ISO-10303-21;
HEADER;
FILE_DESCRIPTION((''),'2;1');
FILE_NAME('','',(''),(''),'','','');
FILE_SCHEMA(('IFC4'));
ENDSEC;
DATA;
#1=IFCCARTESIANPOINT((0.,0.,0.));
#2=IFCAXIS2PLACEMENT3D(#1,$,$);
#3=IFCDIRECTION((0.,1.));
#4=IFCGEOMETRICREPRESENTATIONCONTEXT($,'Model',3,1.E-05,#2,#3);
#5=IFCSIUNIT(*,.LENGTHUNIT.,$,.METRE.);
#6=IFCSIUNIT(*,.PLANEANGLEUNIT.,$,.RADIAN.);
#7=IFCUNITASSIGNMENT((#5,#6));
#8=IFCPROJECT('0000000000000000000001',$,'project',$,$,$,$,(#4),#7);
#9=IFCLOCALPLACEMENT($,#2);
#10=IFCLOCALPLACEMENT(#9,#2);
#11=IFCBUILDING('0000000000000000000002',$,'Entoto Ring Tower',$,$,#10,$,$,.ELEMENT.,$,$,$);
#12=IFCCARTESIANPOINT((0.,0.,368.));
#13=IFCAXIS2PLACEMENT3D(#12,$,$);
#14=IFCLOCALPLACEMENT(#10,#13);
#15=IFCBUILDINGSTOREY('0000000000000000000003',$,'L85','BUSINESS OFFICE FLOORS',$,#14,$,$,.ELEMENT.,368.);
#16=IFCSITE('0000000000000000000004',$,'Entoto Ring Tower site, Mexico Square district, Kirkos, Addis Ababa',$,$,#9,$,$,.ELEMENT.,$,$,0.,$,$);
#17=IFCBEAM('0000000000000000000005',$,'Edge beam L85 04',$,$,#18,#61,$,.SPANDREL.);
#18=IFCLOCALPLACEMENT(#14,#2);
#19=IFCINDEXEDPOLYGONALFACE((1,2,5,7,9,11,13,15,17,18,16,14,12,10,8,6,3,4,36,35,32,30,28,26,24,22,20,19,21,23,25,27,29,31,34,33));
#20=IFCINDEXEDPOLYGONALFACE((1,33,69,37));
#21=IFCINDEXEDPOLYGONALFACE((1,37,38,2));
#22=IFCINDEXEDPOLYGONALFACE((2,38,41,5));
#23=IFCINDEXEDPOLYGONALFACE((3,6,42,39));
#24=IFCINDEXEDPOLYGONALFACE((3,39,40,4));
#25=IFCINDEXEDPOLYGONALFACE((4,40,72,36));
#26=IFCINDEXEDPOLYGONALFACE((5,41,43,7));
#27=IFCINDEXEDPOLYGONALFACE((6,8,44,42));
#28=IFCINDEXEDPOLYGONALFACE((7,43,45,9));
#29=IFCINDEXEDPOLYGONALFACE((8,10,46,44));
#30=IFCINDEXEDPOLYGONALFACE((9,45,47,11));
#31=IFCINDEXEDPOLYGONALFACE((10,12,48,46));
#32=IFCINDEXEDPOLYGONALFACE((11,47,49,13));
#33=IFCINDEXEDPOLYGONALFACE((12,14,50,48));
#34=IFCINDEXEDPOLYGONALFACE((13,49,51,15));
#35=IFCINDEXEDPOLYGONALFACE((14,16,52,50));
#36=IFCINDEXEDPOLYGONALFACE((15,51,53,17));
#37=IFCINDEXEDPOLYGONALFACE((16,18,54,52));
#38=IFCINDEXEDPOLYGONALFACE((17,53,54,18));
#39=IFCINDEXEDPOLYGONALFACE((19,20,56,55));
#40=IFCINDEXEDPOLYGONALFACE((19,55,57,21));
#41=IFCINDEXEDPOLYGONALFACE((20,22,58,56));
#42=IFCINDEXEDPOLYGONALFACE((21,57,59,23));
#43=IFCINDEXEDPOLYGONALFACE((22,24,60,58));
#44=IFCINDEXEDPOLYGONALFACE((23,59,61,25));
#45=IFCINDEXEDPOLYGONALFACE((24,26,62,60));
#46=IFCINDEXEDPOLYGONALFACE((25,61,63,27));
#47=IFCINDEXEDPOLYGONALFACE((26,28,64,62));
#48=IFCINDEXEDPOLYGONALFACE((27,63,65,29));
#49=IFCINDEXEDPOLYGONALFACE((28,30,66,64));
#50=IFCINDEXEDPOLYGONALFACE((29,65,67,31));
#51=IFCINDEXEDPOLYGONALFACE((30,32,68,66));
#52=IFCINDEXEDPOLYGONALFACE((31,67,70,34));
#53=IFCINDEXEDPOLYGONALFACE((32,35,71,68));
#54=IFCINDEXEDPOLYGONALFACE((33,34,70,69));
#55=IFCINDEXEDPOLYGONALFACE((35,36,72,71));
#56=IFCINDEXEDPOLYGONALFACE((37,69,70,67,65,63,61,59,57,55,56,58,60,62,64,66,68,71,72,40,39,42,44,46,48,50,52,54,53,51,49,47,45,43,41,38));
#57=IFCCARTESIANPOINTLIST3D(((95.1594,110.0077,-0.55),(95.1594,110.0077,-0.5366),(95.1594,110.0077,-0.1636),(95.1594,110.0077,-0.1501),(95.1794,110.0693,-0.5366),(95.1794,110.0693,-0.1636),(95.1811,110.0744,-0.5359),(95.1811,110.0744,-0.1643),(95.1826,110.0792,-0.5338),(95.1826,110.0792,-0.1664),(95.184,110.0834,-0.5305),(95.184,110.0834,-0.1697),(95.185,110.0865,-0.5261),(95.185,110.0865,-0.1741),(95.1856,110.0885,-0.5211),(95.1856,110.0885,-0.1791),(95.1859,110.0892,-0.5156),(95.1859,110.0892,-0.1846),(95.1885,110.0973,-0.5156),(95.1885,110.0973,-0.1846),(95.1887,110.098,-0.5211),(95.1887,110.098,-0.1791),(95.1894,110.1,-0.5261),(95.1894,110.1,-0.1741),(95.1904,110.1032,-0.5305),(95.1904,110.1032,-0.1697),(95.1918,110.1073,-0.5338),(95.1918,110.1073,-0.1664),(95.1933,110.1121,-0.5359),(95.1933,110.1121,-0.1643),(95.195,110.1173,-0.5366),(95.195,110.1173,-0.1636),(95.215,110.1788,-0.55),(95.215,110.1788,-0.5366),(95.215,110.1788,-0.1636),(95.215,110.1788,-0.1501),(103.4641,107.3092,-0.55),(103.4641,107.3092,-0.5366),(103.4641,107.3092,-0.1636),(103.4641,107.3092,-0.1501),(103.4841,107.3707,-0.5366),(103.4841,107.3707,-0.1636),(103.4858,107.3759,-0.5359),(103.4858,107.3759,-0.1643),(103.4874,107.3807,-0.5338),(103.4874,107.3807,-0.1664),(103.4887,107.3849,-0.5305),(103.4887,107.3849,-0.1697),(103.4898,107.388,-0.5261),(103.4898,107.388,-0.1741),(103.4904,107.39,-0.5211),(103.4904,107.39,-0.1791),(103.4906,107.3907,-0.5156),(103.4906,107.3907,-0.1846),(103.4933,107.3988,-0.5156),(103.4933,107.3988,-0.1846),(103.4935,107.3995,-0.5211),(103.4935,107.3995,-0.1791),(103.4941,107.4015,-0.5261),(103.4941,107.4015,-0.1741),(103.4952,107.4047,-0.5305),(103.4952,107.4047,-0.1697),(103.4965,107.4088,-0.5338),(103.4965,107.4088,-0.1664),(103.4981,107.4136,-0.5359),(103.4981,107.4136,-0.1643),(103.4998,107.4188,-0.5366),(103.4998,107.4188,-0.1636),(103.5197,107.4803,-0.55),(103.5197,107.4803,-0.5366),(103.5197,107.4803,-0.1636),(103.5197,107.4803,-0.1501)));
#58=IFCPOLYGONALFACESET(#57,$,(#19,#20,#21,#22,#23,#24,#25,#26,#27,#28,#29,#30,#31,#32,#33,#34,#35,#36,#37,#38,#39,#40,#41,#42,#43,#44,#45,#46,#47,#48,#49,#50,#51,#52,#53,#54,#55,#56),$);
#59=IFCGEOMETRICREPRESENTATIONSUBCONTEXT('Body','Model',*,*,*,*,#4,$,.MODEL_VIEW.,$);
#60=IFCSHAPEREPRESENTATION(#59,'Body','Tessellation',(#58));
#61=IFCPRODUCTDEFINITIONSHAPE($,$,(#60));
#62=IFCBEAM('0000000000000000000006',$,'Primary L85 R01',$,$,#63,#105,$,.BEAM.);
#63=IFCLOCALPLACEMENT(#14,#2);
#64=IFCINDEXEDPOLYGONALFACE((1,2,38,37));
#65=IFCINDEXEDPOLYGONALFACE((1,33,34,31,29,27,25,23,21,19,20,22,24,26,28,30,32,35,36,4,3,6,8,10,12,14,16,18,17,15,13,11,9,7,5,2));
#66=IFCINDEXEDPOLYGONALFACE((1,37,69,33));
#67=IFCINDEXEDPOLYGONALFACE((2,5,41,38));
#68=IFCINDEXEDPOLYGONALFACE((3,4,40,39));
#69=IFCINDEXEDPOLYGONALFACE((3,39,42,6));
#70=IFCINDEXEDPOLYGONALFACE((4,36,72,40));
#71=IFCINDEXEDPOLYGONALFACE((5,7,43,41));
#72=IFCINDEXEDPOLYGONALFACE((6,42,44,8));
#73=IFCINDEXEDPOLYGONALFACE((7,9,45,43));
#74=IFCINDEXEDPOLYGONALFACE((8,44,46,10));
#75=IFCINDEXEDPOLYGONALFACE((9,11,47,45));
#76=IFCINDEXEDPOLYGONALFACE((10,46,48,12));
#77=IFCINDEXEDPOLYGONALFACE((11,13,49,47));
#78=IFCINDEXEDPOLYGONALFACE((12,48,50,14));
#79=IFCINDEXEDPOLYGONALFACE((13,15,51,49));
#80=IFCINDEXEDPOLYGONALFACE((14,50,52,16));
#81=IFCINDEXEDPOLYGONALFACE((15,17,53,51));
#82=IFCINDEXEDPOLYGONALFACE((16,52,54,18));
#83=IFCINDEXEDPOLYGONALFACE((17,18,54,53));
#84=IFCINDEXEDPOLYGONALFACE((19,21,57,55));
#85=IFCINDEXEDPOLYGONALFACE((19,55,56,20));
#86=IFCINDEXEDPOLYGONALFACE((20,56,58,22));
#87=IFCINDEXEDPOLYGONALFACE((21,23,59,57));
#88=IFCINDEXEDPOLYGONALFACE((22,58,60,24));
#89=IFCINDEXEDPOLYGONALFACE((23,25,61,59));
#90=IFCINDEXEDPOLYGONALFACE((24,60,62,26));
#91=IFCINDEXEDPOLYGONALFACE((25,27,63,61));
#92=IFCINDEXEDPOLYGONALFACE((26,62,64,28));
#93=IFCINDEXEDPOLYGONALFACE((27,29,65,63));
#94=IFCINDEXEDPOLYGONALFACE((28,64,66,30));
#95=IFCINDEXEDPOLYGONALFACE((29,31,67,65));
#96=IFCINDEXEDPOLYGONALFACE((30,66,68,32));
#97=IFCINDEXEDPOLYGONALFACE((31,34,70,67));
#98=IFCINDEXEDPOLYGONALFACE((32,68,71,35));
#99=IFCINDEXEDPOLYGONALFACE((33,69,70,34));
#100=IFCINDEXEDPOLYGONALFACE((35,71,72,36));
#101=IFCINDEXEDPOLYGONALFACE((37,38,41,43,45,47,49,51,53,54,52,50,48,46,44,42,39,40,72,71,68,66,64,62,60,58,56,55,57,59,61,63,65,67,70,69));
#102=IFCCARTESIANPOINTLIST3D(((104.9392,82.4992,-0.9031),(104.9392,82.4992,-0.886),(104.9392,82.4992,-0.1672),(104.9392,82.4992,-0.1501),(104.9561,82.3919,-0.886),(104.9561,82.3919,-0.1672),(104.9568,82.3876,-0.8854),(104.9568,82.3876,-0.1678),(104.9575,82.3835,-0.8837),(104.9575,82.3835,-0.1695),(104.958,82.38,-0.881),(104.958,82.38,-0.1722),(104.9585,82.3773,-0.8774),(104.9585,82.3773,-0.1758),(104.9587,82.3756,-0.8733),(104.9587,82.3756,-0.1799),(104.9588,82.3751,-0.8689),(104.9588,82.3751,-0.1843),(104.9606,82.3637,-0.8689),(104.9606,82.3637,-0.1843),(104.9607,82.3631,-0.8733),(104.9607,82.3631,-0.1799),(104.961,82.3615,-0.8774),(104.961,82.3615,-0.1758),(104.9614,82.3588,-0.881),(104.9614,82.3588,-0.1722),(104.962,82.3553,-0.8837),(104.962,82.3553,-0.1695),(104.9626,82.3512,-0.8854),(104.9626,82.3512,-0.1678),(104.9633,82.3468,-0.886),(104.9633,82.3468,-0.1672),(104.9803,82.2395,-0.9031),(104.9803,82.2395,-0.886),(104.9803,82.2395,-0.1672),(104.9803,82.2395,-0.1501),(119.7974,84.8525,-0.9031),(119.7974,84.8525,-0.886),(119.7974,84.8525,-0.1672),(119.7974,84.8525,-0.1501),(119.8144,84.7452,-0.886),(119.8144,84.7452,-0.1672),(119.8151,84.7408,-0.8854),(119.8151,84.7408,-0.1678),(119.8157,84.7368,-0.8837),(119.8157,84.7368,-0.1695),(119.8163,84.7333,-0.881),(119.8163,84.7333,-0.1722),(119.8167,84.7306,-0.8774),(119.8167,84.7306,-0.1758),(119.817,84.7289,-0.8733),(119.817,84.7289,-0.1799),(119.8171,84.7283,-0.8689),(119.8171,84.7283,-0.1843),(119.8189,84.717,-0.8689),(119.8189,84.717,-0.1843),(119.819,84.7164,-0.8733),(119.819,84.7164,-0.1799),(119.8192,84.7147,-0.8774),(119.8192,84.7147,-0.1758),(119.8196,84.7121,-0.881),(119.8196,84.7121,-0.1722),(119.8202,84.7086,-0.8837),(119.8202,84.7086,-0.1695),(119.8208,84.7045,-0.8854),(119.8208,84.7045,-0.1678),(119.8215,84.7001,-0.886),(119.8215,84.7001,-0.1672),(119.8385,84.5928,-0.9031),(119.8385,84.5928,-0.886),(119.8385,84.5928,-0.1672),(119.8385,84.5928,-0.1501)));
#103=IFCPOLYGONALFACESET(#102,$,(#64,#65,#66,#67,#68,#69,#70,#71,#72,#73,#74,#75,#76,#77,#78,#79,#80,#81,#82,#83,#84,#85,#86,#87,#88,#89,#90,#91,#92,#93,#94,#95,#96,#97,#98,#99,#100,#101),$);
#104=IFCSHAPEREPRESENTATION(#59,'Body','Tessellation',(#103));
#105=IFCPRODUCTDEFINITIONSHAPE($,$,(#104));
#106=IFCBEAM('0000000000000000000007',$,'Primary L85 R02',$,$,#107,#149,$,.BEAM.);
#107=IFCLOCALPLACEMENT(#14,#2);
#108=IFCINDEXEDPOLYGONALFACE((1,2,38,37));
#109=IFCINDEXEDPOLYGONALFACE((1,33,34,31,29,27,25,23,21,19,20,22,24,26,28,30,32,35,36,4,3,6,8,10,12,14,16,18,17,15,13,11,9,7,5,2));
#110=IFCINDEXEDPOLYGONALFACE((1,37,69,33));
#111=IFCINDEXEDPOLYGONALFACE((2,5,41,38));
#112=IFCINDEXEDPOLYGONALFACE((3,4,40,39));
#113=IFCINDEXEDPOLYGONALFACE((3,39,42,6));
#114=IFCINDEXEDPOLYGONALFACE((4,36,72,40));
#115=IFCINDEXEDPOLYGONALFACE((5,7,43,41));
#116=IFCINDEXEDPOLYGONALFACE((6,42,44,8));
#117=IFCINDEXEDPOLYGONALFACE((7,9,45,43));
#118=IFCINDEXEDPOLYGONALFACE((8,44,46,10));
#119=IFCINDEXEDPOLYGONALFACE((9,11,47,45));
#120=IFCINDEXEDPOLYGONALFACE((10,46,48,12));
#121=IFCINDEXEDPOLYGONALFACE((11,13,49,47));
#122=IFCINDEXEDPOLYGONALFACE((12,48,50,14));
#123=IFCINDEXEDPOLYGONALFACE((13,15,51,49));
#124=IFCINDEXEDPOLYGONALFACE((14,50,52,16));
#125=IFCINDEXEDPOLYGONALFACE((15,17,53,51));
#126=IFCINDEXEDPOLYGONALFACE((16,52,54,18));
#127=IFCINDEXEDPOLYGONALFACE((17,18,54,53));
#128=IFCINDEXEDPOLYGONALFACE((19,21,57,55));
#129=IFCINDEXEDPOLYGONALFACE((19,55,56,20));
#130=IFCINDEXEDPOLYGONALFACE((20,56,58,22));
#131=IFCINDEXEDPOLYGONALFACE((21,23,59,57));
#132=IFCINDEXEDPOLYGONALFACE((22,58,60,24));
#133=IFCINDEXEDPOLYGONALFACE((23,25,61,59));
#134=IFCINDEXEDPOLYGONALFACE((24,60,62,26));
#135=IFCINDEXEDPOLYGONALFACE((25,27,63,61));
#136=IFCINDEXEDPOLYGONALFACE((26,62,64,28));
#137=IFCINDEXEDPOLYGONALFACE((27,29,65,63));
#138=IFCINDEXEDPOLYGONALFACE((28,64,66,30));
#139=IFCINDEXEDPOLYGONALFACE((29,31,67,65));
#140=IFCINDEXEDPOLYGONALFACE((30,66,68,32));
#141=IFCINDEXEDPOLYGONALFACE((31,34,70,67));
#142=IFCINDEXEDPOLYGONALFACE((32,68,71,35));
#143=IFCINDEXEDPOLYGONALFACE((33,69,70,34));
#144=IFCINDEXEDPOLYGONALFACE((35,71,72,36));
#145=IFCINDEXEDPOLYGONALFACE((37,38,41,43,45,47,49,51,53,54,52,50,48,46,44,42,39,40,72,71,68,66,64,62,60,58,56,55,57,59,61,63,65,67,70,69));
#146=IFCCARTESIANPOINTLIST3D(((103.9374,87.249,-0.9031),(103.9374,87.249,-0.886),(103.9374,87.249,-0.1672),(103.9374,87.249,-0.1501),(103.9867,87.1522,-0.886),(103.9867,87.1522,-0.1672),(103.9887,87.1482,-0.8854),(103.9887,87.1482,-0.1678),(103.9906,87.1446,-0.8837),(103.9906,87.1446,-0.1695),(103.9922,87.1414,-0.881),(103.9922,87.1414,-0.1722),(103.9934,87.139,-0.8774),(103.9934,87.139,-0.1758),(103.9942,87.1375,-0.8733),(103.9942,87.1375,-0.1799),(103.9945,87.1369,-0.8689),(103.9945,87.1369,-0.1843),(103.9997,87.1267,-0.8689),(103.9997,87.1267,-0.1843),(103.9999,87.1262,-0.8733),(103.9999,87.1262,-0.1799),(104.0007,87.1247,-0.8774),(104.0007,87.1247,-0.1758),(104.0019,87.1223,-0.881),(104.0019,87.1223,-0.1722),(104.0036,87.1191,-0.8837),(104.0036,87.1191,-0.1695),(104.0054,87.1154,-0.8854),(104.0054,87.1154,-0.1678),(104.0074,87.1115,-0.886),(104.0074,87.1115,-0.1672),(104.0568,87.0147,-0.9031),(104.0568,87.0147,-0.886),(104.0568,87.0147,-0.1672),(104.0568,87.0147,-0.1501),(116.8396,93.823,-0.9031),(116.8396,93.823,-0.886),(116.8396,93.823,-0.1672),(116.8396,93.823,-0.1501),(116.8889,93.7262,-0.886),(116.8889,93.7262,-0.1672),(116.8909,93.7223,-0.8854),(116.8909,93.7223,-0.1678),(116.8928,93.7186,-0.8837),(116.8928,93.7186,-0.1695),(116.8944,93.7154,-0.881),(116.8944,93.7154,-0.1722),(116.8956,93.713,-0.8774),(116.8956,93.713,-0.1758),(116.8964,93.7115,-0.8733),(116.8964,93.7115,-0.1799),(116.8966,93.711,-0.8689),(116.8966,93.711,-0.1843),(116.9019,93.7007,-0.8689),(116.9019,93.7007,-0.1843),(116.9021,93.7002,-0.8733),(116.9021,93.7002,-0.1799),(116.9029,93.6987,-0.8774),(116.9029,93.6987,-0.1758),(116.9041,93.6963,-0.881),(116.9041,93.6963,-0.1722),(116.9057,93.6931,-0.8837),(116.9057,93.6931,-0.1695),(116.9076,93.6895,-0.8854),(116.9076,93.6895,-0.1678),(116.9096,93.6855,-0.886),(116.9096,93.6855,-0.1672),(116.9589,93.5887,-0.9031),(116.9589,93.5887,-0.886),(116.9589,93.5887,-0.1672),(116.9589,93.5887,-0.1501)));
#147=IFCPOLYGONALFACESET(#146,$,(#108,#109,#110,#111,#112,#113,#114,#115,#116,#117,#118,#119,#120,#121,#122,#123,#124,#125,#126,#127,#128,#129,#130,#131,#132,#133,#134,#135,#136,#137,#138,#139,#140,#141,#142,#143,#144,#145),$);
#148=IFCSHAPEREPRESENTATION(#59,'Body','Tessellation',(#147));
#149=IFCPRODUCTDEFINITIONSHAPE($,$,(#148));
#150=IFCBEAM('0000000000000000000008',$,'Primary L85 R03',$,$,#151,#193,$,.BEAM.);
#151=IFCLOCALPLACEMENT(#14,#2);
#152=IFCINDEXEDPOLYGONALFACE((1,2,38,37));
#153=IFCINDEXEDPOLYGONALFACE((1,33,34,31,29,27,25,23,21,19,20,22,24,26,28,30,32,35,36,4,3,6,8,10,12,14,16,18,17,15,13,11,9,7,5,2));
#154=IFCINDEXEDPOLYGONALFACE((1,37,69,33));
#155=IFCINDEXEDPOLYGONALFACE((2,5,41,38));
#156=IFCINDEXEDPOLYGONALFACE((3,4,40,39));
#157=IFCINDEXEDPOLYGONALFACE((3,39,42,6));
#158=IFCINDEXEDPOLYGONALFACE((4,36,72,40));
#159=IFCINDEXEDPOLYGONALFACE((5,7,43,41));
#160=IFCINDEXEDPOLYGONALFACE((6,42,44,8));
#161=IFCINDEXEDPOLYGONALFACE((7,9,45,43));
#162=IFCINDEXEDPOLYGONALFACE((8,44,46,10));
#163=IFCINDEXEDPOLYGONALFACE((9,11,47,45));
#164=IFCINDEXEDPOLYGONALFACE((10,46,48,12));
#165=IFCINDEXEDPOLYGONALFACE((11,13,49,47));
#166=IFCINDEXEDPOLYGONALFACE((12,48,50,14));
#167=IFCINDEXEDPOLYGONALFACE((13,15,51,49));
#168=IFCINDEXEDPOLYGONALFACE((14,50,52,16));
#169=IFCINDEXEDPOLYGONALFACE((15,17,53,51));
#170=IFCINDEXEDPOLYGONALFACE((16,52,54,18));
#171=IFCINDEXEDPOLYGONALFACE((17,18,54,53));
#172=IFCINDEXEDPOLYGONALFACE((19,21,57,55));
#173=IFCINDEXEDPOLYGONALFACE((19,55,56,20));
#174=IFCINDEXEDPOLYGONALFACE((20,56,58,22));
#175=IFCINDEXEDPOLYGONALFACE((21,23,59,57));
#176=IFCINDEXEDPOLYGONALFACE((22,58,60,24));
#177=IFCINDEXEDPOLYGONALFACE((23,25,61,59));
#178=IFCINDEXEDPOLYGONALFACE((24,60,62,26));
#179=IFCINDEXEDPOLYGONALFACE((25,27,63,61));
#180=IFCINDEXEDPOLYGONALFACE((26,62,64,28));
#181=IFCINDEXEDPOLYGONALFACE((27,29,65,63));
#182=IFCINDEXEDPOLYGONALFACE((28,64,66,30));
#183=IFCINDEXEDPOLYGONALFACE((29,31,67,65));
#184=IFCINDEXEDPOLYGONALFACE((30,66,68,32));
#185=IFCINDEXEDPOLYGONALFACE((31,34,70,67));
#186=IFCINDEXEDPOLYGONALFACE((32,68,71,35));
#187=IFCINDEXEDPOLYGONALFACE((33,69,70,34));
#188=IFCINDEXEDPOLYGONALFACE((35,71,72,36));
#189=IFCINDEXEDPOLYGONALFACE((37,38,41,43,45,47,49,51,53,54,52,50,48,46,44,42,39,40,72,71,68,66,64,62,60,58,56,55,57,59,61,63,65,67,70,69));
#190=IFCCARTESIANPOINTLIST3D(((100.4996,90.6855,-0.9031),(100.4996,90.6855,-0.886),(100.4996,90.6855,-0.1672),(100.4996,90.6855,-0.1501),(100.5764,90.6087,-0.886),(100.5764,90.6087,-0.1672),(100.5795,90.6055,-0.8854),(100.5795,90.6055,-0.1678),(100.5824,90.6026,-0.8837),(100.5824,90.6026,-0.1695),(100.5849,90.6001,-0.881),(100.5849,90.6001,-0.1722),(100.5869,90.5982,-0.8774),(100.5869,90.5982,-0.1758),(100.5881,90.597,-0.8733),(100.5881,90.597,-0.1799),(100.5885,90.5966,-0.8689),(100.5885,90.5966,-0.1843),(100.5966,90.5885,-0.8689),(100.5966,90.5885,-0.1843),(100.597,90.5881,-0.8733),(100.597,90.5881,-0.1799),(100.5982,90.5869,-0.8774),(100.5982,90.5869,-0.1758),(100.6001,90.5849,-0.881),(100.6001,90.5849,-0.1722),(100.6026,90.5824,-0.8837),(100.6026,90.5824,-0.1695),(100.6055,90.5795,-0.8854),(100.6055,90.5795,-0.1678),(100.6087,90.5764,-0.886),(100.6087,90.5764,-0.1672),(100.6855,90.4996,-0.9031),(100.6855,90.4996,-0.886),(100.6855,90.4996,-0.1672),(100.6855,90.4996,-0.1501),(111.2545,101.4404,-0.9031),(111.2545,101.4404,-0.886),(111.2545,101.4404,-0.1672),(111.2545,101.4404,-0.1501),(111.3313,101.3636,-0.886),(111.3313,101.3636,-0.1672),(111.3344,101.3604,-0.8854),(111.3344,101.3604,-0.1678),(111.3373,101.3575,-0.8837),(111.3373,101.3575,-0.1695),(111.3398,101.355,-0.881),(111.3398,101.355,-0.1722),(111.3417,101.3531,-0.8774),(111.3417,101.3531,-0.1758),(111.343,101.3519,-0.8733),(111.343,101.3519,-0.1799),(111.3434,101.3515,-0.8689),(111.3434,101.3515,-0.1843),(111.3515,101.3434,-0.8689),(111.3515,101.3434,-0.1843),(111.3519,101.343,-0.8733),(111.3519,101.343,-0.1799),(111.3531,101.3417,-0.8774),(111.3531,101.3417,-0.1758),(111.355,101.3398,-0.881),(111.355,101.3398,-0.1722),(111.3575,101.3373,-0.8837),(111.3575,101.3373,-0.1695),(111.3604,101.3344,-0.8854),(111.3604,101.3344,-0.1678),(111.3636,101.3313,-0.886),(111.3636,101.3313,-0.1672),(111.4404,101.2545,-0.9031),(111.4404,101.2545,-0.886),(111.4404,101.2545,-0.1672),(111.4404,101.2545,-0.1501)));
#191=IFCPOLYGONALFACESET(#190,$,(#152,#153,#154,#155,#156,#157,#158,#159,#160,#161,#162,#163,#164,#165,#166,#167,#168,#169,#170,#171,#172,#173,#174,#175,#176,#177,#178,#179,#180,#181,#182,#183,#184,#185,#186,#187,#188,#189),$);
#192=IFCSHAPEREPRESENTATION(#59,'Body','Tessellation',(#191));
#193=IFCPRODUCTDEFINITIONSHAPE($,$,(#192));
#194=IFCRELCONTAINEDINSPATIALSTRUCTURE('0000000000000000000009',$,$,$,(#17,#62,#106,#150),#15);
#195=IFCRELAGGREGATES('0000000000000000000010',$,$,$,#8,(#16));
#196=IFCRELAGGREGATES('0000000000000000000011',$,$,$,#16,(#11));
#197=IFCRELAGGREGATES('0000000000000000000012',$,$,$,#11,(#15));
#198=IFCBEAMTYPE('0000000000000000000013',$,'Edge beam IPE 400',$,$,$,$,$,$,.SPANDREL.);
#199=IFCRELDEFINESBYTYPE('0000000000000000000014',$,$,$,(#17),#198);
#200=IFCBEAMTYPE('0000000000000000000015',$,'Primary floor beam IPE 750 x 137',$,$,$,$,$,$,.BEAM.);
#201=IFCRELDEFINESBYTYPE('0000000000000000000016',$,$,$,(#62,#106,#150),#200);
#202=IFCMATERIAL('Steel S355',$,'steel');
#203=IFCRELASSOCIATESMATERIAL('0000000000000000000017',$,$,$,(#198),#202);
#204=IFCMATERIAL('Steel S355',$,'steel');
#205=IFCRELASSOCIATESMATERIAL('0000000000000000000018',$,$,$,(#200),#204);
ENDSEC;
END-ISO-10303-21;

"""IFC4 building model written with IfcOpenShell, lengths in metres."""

from ifc_helpers import new_model, si_unit, direction, frame, origin, origin_2d, place, context, subcontext, project, spatial, i_section, extrude, material, material_profile, profile_set, type_object, element, save


model = new_model("IFC4")

# Units and contexts
model_context = context("Model", 3, precision=1e-05, world=origin(), true_north=direction((0.0, 1.0)))
body_context = subcontext(model_context, "Body", "Model", "MODEL_VIEW")
ifc_project = project(units=[si_unit("LENGTHUNIT", "METRE"), si_unit("PLANEANGLEUNIT", "RADIAN")], contexts=[model_context])

# Site, building, storey
site_placement = place(None, origin())
site = spatial("IfcSite", under=ifc_project, at=site_placement, Name="Entoto Ring Tower site, Mexico Square district, Kirkos, Addis Ababa", CompositionType="ELEMENT", RefElevation=0.0)
building_placement = place(site_placement, origin())
building = spatial("IfcBuilding", under=site, at=building_placement, Name="Entoto Ring Tower", CompositionType="ELEMENT")
storey_placement = place(building_placement, frame((0.0, 0.0, 368.0)))
storey = spatial("IfcBuildingStorey", under=building, at=storey_placement, Name="L85", Description="BUSINESS OFFICE FLOORS", CompositionType="ELEMENT", Elevation=368.0)

# Beams
ifc_material_1 = material(Name="Steel S355", Category="steel")
ifc_material_profile_1 = material_profile(ifc_material_1, i_section(OverallWidth=0.1799, OverallDepth=0.3999, WebThickness=0.0085, FlangeThickness=0.0134, FilletRadius=0.021, at=origin_2d()), Name="IPE 400")
ifc_profile_set_1 = profile_set([ifc_material_profile_1], Name="Steel S355")
beam_type_1 = type_object("IfcBeamType", Name="Edge beam IPE 400", PredefinedType="SPANDREL", material=ifc_profile_set_1)
beam_1_placement = place(storey_placement, frame((103.4919, 107.3948, -0.3501), z_axis=(-0.951052, 0.30903, 0.0), x_axis=(-0.30903, -0.951052, 0.0)))
element("IfcBeam", 1, at=beam_1_placement, inside=storey, type_object=beam_type_1, Name="Edge beam L85 04", PredefinedType="SPANDREL", context=body_context, shape_type="SweptSolid", body=[
    extrude(i_section(OverallWidth=0.1799, OverallDepth=0.3999, WebThickness=0.0085, FlangeThickness=0.0134, FilletRadius=0.021, at=origin_2d()), origin(), (0.0, 0.0, 1.0), 8.7322),
])
ifc_material_2 = material(Name="Steel S355", Category="steel")
ifc_material_profile_2 = material_profile(ifc_material_2, i_section(OverallWidth=0.2629, OverallDepth=0.7529, WebThickness=0.0115, FlangeThickness=0.0171, FilletRadius=0.0171, at=origin_2d()), Name="IPE 750 x 137")
ifc_profile_set_2 = profile_set([ifc_material_profile_2], Name="Steel S355")
beam_type_2 = type_object("IfcBeamType", Name="Primary floor beam IPE 750 x 137", PredefinedType="BEAM", material=ifc_profile_set_2)
beam_2_placement = place(storey_placement, frame((104.9597, 82.3694, -0.5266), z_axis=(0.987689, 0.156433, 0.0), x_axis=(-0.156433, 0.987689, 0.0)))
element("IfcBeam", 2, at=beam_2_placement, inside=storey, type_object=beam_type_2, Name="Primary L85 R01", PredefinedType="BEAM", context=body_context, shape_type="SweptSolid", body=[
    extrude(i_section(OverallWidth=0.2629, OverallDepth=0.7529, WebThickness=0.0115, FlangeThickness=0.0171, FilletRadius=0.0171, at=origin_2d()), origin(), (0.0, 0.0, 1.0), 15.0435),
])
beam_3_placement = place(storey_placement, frame((103.9971, 87.1318, -0.5266), z_axis=(0.891006, 0.453992, 0.0), x_axis=(-0.453992, 0.891006, 0.0)))
element("IfcBeam", 3, at=beam_3_placement, inside=storey, type_object=beam_type_2, Name="Primary L85 R02", PredefinedType="BEAM", context=body_context, shape_type="SweptSolid", body=[
    extrude(i_section(OverallWidth=0.2629, OverallDepth=0.7529, WebThickness=0.0115, FlangeThickness=0.0171, FilletRadius=0.0171, at=origin_2d()), origin(), (0.0, 0.0, 1.0), 14.4805),
])
beam_4_placement = place(storey_placement, frame((100.5925, 90.5925, -0.5266), z_axis=(0.707107, 0.707107, 0.0), x_axis=(-0.707107, 0.707107, 0.0)))
element("IfcBeam", 4, at=beam_4_placement, inside=storey, type_object=beam_type_2, Name="Primary L85 R03", PredefinedType="BEAM", context=body_context, shape_type="SweptSolid", body=[
    extrude(i_section(OverallWidth=0.2629, OverallDepth=0.7529, WebThickness=0.0115, FlangeThickness=0.0171, FilletRadius=0.0171, at=origin_2d()), origin(), (0.0, 0.0, 1.0), 15.2097),
])

save(model, "model.ifc")
